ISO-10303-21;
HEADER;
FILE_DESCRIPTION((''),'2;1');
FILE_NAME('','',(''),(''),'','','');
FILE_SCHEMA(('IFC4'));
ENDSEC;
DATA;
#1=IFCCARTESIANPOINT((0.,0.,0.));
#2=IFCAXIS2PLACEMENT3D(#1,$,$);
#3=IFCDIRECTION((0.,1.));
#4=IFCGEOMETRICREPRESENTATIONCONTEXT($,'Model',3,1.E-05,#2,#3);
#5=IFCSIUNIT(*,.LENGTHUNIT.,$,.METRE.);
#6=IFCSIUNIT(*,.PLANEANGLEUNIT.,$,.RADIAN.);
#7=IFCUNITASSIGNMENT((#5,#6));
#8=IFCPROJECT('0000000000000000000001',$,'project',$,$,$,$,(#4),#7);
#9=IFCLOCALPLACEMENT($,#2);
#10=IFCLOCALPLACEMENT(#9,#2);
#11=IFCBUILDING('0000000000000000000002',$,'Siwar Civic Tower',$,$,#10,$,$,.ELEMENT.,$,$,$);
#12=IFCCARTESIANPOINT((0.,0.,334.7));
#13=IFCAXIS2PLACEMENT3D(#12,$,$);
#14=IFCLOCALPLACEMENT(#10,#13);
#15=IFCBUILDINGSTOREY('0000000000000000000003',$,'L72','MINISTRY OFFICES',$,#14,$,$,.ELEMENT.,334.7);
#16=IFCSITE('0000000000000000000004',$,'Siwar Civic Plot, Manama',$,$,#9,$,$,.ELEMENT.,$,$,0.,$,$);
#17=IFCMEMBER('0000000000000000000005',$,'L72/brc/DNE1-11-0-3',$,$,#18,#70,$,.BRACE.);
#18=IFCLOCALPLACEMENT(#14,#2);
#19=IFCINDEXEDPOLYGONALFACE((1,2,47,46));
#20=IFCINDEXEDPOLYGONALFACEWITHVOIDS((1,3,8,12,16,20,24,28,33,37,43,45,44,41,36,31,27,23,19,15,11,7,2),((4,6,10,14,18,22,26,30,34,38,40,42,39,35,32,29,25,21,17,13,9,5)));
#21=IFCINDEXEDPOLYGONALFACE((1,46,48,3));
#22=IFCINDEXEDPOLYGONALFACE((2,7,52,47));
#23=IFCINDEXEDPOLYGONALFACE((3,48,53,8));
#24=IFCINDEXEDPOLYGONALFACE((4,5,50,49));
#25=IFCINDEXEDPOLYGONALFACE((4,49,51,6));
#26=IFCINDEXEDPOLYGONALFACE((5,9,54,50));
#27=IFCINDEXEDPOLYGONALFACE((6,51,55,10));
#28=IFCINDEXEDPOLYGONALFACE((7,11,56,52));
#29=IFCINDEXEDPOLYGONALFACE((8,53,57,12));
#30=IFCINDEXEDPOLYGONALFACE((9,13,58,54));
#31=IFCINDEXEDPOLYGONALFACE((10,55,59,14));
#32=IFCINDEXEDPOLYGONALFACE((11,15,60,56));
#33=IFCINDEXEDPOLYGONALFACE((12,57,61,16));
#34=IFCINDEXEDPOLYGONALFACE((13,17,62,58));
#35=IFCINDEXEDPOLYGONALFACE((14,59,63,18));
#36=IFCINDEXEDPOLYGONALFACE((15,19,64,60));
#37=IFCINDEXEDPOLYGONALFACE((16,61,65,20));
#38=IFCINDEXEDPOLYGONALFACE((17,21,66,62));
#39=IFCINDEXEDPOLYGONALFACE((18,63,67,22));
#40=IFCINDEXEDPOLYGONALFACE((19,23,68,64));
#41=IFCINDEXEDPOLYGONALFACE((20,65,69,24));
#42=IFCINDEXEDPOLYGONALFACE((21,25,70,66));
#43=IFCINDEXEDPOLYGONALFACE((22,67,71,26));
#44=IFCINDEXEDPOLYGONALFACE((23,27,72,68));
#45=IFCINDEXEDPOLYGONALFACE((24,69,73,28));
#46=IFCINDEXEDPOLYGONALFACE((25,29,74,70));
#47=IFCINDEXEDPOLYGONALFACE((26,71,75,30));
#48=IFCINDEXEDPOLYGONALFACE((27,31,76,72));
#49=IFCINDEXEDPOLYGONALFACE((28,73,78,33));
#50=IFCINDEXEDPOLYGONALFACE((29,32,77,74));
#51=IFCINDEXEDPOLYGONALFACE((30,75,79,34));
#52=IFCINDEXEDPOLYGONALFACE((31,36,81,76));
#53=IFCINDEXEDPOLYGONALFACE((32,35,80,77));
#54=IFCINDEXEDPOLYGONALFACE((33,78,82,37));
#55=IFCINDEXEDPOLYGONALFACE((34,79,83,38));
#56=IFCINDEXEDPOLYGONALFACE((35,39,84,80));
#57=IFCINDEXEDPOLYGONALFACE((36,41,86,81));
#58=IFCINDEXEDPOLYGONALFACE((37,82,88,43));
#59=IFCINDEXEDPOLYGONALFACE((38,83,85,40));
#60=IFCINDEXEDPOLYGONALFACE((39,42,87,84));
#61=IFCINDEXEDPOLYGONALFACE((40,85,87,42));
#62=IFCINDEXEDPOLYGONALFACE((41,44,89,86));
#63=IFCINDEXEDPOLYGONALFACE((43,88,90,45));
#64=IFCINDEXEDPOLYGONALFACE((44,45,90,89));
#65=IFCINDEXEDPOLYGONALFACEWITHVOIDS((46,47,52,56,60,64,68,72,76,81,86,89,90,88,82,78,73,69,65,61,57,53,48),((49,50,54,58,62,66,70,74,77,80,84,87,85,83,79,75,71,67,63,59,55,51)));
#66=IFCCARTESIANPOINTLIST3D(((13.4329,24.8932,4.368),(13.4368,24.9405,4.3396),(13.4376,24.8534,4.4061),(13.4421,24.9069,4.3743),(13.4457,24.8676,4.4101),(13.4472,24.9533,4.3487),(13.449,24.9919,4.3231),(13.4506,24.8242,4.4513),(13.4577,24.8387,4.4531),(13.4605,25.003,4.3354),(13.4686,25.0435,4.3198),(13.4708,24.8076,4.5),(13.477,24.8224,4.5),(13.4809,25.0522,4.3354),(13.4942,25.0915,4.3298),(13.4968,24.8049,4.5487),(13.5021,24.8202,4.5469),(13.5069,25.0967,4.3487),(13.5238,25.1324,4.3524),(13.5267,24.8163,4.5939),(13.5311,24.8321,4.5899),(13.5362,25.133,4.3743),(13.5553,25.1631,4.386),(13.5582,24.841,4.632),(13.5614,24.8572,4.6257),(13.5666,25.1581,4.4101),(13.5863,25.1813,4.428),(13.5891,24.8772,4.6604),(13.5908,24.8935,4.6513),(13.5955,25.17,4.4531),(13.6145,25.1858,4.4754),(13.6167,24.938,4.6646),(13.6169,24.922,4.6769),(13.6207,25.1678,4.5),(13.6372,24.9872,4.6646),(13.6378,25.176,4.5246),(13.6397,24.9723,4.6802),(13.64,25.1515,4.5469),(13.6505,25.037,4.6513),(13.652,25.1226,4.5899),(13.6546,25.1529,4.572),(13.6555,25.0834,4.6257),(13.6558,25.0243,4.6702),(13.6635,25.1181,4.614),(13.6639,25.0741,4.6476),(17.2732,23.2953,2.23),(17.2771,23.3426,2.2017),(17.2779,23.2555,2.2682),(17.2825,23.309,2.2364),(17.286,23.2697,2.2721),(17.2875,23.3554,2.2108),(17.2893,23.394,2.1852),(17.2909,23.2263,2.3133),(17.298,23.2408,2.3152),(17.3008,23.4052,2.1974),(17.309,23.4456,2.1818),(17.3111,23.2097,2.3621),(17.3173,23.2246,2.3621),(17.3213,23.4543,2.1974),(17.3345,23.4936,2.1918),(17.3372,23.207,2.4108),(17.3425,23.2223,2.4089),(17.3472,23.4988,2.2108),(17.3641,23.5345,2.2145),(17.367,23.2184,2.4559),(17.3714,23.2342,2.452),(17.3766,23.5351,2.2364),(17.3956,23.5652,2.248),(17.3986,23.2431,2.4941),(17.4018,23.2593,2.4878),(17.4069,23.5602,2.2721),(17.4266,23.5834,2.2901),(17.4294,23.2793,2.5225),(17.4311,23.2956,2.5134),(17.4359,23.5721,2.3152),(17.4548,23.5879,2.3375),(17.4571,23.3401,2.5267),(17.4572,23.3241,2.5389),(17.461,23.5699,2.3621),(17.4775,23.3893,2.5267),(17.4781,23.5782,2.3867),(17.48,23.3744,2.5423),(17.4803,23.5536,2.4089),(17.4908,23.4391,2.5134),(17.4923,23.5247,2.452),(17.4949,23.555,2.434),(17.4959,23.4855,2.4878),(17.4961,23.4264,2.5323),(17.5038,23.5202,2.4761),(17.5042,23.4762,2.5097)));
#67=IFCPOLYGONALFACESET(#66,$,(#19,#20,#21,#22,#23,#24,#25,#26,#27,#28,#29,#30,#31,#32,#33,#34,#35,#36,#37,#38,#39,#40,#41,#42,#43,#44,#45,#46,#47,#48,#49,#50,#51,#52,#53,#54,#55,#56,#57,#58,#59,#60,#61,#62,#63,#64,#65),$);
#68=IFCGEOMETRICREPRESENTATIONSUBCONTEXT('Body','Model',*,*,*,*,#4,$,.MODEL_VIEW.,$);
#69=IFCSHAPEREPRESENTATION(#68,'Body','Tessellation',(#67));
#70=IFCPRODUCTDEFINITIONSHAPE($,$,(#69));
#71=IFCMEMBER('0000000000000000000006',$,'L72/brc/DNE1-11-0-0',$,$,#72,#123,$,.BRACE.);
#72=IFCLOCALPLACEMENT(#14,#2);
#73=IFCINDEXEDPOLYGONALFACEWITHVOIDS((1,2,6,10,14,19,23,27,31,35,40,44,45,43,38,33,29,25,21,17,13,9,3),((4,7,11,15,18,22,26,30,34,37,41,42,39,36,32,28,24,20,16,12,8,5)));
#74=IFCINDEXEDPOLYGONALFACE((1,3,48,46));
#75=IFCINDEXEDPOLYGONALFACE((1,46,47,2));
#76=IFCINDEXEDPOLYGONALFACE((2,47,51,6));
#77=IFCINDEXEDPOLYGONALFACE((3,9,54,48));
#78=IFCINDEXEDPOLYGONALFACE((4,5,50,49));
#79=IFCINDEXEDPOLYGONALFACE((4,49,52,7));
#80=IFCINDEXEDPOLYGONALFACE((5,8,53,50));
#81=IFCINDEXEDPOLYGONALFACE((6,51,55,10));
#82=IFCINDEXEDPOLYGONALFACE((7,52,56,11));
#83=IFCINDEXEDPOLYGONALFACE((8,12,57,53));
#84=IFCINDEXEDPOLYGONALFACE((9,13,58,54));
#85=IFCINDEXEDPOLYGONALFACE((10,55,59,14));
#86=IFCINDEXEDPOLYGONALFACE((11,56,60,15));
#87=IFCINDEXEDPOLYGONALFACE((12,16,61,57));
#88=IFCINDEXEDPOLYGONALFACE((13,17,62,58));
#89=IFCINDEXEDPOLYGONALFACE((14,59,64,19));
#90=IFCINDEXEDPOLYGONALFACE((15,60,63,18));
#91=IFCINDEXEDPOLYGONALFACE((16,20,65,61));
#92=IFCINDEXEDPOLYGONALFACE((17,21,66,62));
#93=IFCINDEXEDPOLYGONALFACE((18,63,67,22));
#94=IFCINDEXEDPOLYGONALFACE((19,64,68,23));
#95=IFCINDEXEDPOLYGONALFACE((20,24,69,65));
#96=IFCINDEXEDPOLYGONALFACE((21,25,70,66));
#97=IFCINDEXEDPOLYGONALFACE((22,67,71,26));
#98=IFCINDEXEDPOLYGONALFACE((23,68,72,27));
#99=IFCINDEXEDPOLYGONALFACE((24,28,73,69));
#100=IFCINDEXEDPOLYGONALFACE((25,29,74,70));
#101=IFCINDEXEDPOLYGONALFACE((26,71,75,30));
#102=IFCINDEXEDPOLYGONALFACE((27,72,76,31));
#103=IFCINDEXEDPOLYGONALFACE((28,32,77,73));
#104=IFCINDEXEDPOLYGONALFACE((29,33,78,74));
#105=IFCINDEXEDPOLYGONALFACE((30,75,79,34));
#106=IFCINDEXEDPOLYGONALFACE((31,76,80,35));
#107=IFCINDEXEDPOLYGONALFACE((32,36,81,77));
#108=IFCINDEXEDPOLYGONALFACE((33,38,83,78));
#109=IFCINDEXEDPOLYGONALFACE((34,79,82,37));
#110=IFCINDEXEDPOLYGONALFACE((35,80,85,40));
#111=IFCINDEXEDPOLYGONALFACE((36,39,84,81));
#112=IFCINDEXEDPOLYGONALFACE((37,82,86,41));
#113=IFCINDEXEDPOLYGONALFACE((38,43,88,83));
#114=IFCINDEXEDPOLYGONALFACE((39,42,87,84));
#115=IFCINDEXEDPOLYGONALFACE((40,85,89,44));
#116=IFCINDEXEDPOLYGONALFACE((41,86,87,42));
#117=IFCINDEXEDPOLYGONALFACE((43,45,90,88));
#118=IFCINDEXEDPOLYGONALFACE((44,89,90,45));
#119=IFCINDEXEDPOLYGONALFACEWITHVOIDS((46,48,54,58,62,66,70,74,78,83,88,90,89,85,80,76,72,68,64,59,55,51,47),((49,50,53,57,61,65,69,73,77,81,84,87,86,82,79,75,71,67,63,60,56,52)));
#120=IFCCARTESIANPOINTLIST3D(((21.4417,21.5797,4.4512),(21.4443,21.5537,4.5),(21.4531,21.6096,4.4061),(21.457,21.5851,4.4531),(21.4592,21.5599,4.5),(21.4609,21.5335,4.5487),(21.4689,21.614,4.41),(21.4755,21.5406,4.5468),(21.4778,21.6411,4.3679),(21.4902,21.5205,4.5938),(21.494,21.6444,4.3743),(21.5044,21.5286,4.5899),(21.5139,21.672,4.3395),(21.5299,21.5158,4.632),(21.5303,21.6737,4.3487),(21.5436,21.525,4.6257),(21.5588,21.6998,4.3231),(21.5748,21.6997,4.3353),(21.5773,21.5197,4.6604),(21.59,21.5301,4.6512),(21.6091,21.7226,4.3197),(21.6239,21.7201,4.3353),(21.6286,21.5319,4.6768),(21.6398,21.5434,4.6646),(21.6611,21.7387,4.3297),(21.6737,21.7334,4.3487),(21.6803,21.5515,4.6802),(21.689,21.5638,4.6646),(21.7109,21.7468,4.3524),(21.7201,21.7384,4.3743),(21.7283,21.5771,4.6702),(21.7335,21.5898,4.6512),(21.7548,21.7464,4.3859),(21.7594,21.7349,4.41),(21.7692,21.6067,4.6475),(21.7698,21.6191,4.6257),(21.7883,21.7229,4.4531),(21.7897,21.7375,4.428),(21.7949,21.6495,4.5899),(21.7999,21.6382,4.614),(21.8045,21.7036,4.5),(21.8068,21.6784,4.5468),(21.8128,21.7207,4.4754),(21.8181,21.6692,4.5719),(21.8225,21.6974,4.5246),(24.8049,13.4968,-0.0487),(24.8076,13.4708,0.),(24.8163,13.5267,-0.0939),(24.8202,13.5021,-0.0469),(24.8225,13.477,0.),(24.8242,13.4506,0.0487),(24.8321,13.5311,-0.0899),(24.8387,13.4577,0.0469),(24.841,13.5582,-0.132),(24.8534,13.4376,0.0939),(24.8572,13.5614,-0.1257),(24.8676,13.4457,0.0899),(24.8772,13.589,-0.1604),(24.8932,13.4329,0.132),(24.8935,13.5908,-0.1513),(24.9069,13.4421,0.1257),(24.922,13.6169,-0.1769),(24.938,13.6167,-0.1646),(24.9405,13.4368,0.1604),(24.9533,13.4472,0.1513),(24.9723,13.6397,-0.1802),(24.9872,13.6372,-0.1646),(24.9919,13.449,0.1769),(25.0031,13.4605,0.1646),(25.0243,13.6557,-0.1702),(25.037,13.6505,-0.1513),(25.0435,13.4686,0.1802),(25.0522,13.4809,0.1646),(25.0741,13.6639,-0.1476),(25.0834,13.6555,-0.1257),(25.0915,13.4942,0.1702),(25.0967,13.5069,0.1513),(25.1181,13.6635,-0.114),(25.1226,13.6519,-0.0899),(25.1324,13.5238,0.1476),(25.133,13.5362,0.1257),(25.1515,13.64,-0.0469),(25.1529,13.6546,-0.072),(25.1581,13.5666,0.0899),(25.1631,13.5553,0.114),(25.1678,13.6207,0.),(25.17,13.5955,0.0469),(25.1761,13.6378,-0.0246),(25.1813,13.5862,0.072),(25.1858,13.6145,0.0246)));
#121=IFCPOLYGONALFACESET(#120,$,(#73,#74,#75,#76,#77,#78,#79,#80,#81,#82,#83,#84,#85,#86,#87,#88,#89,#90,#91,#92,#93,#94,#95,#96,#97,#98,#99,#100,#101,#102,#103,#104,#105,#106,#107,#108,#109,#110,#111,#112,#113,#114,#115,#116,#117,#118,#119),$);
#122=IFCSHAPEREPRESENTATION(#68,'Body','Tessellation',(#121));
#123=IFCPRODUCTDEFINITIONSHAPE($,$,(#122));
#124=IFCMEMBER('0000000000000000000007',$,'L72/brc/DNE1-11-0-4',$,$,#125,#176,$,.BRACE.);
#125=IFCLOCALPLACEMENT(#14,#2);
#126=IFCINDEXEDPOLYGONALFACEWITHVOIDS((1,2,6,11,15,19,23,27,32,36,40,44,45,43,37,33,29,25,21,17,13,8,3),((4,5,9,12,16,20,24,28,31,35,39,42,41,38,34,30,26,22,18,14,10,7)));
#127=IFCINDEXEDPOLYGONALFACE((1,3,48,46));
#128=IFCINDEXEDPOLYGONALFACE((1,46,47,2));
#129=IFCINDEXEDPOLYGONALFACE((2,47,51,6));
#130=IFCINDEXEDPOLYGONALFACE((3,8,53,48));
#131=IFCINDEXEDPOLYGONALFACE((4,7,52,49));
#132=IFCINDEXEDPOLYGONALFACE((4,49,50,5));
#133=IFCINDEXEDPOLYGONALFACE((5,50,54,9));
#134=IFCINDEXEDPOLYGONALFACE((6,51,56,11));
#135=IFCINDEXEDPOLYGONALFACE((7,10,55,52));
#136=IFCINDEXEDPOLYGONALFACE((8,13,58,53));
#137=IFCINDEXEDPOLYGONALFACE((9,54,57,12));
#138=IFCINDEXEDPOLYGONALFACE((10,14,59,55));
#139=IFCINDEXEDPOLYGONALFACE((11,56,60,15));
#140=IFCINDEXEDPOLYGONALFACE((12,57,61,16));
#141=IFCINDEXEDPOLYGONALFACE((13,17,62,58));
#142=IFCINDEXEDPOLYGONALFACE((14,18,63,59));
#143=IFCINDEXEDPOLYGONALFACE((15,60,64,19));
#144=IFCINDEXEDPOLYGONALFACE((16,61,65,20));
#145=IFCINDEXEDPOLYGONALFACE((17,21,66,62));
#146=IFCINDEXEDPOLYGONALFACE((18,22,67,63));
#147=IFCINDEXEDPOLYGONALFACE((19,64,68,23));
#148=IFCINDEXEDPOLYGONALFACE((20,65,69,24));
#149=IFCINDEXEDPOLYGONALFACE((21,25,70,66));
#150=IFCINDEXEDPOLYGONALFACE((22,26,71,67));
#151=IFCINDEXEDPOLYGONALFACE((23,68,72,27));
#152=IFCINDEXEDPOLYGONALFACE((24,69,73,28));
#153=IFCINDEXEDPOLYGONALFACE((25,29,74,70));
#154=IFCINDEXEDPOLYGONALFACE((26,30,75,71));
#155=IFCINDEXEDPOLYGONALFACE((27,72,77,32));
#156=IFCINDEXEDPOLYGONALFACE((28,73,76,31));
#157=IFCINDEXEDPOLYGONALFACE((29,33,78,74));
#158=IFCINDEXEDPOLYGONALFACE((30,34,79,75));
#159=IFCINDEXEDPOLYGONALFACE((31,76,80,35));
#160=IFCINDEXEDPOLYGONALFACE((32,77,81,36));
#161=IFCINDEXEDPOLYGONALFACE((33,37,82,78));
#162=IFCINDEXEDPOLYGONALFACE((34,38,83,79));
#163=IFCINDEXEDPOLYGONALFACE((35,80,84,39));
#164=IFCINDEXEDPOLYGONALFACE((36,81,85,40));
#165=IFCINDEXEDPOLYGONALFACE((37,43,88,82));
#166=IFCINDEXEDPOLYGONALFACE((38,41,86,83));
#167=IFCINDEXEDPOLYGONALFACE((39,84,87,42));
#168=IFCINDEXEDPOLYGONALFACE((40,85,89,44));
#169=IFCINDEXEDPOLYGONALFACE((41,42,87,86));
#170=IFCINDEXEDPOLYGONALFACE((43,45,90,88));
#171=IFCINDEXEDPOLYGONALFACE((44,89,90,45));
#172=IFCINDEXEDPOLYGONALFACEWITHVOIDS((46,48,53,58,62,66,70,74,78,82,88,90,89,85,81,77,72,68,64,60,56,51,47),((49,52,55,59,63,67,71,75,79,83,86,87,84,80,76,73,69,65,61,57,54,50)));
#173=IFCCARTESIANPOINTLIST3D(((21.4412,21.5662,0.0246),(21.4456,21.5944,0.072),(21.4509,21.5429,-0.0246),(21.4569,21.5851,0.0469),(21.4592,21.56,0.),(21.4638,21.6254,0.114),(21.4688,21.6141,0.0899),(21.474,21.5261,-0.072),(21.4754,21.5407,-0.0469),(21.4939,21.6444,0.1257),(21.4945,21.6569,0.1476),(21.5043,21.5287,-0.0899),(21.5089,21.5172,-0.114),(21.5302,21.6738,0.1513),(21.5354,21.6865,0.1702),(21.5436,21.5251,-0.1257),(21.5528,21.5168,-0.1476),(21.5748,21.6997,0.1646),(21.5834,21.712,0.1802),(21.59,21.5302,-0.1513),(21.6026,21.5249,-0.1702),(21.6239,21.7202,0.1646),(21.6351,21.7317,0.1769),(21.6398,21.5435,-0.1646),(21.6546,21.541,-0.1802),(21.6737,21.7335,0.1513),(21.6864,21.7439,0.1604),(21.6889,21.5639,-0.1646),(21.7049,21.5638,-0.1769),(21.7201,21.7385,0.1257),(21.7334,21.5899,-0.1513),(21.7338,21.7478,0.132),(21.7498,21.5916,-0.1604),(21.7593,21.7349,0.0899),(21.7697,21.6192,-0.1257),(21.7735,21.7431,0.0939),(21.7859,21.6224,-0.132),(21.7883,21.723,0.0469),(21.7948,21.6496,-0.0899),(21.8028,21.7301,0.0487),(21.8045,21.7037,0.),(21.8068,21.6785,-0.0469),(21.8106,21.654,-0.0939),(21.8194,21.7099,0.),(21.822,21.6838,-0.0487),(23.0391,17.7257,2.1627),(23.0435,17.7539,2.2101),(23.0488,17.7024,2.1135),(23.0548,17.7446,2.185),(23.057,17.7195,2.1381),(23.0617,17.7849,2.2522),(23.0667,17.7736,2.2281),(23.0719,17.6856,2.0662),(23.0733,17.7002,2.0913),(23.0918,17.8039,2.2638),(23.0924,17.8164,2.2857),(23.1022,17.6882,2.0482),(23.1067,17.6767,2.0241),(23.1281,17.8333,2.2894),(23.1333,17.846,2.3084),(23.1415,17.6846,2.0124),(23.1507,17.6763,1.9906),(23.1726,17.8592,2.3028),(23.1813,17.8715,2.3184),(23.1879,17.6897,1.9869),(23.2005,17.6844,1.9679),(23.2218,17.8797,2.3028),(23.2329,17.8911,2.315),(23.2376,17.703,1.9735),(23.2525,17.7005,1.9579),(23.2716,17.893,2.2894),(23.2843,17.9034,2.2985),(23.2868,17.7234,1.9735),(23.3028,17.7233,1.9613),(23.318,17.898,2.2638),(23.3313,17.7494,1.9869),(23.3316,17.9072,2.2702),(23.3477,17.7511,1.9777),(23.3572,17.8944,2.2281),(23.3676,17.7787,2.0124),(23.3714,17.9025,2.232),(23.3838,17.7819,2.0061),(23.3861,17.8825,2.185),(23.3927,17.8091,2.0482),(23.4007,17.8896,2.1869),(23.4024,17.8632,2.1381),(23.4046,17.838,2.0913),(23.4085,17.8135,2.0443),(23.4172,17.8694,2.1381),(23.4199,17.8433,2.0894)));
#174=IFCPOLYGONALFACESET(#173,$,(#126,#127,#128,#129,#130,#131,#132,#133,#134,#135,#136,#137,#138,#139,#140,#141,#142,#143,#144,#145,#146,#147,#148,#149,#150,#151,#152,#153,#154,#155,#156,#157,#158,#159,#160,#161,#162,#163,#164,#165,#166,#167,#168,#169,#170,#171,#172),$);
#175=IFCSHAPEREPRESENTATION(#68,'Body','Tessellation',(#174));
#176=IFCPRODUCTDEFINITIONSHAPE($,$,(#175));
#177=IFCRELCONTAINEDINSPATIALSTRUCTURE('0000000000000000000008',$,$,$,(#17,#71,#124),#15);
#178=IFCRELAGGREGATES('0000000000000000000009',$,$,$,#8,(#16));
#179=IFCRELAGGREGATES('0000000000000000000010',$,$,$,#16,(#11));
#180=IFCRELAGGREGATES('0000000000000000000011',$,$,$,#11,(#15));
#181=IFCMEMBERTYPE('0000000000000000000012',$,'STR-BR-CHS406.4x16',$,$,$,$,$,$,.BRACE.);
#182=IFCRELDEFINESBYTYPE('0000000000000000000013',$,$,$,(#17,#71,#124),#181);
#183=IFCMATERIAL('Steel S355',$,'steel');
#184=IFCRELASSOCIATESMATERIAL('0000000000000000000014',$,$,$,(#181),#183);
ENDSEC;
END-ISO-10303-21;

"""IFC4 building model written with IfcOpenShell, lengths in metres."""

from ifc_helpers import new_model, si_unit, direction, frame, origin, origin_2d, place, context, subcontext, project, spatial, hollow_circle, extrude, material, material_profile, profile_set, type_object, element, save


model = new_model("IFC4")

# Units and contexts
model_context = context("Model", 3, precision=1e-05, world=origin(), true_north=direction((0.0, 1.0)))
body_context = subcontext(model_context, "Body", "Model", "MODEL_VIEW")
ifc_project = project(units=[si_unit("LENGTHUNIT", "METRE"), si_unit("PLANEANGLEUNIT", "RADIAN")], contexts=[model_context])

# Site, building, storey
site_placement = place(None, origin())
site = spatial("IfcSite", under=ifc_project, at=site_placement, Name="Siwar Civic Plot, Manama", CompositionType="ELEMENT", RefElevation=0.0)
building_placement = place(site_placement, origin())
building = spatial("IfcBuilding", under=site, at=building_placement, Name="Siwar Civic Tower", CompositionType="ELEMENT")
storey_placement = place(building_placement, frame((0.0, 0.0, 334.7)))
storey = spatial("IfcBuildingStorey", under=building, at=storey_placement, Name="L72", Description="MINISTRY OFFICES", CompositionType="ELEMENT", Elevation=334.7)

# Members
ifc_material_1 = material(Name="Steel S355", Category="steel")
ifc_material_profile_1 = material_profile(ifc_material_1, hollow_circle(Radius=0.2031, WallThickness=0.0161, at=origin_2d()), Name="CHS406.4x16")
ifc_profile_set_1 = profile_set([ifc_material_profile_1], Name="Steel S355")
member_type_1 = type_object("IfcMemberType", Name="STR-BR-CHS406.4x16", PredefinedType="BRACE", material=ifc_profile_set_1)
member_1_placement = place(storey_placement, frame((17.3892, 23.3972, 2.3621), z_axis=(-0.82115, 0.341667, 0.45714), x_axis=(-0.384157, -0.923268, 0.0)))
element("IfcMember", 1, at=member_1_placement, inside=storey, type_object=member_type_1, Name="L72/brc/DNE1-11-0-3", PredefinedType="BRACE", context=body_context, shape_type="SweptSolid", body=[
    extrude(hollow_circle(Radius=0.2031, WallThickness=0.0161, at=origin_2d()), origin(), (0.0, 0.0, 1.0), 4.6768),
])
member_2_placement = place(storey_placement, frame((24.9951, 13.5488, 0.0), z_axis=(-0.341671, 0.821143, 0.457149), x_axis=(-0.923265, -0.384164, 0.0)))
element("IfcMember", 2, at=member_2_placement, inside=storey, type_object=member_type_1, Name="L72/brc/DNE1-11-0-0", PredefinedType="BRACE", context=body_context, shape_type="SweptSolid", body=[
    extrude(hollow_circle(Radius=0.2031, WallThickness=0.0161, at=origin_2d()), origin(), (0.0, 0.0, 1.0), 9.8435),
])
member_3_placement = place(storey_placement, frame((21.6318, 21.6318, 0.0), z_axis=(0.341644, -0.821147, 0.457161), x_axis=(0.923276, 0.384136, 0.0)))
element("IfcMember", 3, at=member_3_placement, inside=storey, type_object=member_type_1, Name="L72/brc/DNE1-11-0-4", PredefinedType="BRACE", context=body_context, shape_type="SweptSolid", body=[
    extrude(hollow_circle(Radius=0.2031, WallThickness=0.0161, at=origin_2d()), origin(), (0.0, 0.0, 1.0), 4.677),
])

save(model, "model.ifc")
